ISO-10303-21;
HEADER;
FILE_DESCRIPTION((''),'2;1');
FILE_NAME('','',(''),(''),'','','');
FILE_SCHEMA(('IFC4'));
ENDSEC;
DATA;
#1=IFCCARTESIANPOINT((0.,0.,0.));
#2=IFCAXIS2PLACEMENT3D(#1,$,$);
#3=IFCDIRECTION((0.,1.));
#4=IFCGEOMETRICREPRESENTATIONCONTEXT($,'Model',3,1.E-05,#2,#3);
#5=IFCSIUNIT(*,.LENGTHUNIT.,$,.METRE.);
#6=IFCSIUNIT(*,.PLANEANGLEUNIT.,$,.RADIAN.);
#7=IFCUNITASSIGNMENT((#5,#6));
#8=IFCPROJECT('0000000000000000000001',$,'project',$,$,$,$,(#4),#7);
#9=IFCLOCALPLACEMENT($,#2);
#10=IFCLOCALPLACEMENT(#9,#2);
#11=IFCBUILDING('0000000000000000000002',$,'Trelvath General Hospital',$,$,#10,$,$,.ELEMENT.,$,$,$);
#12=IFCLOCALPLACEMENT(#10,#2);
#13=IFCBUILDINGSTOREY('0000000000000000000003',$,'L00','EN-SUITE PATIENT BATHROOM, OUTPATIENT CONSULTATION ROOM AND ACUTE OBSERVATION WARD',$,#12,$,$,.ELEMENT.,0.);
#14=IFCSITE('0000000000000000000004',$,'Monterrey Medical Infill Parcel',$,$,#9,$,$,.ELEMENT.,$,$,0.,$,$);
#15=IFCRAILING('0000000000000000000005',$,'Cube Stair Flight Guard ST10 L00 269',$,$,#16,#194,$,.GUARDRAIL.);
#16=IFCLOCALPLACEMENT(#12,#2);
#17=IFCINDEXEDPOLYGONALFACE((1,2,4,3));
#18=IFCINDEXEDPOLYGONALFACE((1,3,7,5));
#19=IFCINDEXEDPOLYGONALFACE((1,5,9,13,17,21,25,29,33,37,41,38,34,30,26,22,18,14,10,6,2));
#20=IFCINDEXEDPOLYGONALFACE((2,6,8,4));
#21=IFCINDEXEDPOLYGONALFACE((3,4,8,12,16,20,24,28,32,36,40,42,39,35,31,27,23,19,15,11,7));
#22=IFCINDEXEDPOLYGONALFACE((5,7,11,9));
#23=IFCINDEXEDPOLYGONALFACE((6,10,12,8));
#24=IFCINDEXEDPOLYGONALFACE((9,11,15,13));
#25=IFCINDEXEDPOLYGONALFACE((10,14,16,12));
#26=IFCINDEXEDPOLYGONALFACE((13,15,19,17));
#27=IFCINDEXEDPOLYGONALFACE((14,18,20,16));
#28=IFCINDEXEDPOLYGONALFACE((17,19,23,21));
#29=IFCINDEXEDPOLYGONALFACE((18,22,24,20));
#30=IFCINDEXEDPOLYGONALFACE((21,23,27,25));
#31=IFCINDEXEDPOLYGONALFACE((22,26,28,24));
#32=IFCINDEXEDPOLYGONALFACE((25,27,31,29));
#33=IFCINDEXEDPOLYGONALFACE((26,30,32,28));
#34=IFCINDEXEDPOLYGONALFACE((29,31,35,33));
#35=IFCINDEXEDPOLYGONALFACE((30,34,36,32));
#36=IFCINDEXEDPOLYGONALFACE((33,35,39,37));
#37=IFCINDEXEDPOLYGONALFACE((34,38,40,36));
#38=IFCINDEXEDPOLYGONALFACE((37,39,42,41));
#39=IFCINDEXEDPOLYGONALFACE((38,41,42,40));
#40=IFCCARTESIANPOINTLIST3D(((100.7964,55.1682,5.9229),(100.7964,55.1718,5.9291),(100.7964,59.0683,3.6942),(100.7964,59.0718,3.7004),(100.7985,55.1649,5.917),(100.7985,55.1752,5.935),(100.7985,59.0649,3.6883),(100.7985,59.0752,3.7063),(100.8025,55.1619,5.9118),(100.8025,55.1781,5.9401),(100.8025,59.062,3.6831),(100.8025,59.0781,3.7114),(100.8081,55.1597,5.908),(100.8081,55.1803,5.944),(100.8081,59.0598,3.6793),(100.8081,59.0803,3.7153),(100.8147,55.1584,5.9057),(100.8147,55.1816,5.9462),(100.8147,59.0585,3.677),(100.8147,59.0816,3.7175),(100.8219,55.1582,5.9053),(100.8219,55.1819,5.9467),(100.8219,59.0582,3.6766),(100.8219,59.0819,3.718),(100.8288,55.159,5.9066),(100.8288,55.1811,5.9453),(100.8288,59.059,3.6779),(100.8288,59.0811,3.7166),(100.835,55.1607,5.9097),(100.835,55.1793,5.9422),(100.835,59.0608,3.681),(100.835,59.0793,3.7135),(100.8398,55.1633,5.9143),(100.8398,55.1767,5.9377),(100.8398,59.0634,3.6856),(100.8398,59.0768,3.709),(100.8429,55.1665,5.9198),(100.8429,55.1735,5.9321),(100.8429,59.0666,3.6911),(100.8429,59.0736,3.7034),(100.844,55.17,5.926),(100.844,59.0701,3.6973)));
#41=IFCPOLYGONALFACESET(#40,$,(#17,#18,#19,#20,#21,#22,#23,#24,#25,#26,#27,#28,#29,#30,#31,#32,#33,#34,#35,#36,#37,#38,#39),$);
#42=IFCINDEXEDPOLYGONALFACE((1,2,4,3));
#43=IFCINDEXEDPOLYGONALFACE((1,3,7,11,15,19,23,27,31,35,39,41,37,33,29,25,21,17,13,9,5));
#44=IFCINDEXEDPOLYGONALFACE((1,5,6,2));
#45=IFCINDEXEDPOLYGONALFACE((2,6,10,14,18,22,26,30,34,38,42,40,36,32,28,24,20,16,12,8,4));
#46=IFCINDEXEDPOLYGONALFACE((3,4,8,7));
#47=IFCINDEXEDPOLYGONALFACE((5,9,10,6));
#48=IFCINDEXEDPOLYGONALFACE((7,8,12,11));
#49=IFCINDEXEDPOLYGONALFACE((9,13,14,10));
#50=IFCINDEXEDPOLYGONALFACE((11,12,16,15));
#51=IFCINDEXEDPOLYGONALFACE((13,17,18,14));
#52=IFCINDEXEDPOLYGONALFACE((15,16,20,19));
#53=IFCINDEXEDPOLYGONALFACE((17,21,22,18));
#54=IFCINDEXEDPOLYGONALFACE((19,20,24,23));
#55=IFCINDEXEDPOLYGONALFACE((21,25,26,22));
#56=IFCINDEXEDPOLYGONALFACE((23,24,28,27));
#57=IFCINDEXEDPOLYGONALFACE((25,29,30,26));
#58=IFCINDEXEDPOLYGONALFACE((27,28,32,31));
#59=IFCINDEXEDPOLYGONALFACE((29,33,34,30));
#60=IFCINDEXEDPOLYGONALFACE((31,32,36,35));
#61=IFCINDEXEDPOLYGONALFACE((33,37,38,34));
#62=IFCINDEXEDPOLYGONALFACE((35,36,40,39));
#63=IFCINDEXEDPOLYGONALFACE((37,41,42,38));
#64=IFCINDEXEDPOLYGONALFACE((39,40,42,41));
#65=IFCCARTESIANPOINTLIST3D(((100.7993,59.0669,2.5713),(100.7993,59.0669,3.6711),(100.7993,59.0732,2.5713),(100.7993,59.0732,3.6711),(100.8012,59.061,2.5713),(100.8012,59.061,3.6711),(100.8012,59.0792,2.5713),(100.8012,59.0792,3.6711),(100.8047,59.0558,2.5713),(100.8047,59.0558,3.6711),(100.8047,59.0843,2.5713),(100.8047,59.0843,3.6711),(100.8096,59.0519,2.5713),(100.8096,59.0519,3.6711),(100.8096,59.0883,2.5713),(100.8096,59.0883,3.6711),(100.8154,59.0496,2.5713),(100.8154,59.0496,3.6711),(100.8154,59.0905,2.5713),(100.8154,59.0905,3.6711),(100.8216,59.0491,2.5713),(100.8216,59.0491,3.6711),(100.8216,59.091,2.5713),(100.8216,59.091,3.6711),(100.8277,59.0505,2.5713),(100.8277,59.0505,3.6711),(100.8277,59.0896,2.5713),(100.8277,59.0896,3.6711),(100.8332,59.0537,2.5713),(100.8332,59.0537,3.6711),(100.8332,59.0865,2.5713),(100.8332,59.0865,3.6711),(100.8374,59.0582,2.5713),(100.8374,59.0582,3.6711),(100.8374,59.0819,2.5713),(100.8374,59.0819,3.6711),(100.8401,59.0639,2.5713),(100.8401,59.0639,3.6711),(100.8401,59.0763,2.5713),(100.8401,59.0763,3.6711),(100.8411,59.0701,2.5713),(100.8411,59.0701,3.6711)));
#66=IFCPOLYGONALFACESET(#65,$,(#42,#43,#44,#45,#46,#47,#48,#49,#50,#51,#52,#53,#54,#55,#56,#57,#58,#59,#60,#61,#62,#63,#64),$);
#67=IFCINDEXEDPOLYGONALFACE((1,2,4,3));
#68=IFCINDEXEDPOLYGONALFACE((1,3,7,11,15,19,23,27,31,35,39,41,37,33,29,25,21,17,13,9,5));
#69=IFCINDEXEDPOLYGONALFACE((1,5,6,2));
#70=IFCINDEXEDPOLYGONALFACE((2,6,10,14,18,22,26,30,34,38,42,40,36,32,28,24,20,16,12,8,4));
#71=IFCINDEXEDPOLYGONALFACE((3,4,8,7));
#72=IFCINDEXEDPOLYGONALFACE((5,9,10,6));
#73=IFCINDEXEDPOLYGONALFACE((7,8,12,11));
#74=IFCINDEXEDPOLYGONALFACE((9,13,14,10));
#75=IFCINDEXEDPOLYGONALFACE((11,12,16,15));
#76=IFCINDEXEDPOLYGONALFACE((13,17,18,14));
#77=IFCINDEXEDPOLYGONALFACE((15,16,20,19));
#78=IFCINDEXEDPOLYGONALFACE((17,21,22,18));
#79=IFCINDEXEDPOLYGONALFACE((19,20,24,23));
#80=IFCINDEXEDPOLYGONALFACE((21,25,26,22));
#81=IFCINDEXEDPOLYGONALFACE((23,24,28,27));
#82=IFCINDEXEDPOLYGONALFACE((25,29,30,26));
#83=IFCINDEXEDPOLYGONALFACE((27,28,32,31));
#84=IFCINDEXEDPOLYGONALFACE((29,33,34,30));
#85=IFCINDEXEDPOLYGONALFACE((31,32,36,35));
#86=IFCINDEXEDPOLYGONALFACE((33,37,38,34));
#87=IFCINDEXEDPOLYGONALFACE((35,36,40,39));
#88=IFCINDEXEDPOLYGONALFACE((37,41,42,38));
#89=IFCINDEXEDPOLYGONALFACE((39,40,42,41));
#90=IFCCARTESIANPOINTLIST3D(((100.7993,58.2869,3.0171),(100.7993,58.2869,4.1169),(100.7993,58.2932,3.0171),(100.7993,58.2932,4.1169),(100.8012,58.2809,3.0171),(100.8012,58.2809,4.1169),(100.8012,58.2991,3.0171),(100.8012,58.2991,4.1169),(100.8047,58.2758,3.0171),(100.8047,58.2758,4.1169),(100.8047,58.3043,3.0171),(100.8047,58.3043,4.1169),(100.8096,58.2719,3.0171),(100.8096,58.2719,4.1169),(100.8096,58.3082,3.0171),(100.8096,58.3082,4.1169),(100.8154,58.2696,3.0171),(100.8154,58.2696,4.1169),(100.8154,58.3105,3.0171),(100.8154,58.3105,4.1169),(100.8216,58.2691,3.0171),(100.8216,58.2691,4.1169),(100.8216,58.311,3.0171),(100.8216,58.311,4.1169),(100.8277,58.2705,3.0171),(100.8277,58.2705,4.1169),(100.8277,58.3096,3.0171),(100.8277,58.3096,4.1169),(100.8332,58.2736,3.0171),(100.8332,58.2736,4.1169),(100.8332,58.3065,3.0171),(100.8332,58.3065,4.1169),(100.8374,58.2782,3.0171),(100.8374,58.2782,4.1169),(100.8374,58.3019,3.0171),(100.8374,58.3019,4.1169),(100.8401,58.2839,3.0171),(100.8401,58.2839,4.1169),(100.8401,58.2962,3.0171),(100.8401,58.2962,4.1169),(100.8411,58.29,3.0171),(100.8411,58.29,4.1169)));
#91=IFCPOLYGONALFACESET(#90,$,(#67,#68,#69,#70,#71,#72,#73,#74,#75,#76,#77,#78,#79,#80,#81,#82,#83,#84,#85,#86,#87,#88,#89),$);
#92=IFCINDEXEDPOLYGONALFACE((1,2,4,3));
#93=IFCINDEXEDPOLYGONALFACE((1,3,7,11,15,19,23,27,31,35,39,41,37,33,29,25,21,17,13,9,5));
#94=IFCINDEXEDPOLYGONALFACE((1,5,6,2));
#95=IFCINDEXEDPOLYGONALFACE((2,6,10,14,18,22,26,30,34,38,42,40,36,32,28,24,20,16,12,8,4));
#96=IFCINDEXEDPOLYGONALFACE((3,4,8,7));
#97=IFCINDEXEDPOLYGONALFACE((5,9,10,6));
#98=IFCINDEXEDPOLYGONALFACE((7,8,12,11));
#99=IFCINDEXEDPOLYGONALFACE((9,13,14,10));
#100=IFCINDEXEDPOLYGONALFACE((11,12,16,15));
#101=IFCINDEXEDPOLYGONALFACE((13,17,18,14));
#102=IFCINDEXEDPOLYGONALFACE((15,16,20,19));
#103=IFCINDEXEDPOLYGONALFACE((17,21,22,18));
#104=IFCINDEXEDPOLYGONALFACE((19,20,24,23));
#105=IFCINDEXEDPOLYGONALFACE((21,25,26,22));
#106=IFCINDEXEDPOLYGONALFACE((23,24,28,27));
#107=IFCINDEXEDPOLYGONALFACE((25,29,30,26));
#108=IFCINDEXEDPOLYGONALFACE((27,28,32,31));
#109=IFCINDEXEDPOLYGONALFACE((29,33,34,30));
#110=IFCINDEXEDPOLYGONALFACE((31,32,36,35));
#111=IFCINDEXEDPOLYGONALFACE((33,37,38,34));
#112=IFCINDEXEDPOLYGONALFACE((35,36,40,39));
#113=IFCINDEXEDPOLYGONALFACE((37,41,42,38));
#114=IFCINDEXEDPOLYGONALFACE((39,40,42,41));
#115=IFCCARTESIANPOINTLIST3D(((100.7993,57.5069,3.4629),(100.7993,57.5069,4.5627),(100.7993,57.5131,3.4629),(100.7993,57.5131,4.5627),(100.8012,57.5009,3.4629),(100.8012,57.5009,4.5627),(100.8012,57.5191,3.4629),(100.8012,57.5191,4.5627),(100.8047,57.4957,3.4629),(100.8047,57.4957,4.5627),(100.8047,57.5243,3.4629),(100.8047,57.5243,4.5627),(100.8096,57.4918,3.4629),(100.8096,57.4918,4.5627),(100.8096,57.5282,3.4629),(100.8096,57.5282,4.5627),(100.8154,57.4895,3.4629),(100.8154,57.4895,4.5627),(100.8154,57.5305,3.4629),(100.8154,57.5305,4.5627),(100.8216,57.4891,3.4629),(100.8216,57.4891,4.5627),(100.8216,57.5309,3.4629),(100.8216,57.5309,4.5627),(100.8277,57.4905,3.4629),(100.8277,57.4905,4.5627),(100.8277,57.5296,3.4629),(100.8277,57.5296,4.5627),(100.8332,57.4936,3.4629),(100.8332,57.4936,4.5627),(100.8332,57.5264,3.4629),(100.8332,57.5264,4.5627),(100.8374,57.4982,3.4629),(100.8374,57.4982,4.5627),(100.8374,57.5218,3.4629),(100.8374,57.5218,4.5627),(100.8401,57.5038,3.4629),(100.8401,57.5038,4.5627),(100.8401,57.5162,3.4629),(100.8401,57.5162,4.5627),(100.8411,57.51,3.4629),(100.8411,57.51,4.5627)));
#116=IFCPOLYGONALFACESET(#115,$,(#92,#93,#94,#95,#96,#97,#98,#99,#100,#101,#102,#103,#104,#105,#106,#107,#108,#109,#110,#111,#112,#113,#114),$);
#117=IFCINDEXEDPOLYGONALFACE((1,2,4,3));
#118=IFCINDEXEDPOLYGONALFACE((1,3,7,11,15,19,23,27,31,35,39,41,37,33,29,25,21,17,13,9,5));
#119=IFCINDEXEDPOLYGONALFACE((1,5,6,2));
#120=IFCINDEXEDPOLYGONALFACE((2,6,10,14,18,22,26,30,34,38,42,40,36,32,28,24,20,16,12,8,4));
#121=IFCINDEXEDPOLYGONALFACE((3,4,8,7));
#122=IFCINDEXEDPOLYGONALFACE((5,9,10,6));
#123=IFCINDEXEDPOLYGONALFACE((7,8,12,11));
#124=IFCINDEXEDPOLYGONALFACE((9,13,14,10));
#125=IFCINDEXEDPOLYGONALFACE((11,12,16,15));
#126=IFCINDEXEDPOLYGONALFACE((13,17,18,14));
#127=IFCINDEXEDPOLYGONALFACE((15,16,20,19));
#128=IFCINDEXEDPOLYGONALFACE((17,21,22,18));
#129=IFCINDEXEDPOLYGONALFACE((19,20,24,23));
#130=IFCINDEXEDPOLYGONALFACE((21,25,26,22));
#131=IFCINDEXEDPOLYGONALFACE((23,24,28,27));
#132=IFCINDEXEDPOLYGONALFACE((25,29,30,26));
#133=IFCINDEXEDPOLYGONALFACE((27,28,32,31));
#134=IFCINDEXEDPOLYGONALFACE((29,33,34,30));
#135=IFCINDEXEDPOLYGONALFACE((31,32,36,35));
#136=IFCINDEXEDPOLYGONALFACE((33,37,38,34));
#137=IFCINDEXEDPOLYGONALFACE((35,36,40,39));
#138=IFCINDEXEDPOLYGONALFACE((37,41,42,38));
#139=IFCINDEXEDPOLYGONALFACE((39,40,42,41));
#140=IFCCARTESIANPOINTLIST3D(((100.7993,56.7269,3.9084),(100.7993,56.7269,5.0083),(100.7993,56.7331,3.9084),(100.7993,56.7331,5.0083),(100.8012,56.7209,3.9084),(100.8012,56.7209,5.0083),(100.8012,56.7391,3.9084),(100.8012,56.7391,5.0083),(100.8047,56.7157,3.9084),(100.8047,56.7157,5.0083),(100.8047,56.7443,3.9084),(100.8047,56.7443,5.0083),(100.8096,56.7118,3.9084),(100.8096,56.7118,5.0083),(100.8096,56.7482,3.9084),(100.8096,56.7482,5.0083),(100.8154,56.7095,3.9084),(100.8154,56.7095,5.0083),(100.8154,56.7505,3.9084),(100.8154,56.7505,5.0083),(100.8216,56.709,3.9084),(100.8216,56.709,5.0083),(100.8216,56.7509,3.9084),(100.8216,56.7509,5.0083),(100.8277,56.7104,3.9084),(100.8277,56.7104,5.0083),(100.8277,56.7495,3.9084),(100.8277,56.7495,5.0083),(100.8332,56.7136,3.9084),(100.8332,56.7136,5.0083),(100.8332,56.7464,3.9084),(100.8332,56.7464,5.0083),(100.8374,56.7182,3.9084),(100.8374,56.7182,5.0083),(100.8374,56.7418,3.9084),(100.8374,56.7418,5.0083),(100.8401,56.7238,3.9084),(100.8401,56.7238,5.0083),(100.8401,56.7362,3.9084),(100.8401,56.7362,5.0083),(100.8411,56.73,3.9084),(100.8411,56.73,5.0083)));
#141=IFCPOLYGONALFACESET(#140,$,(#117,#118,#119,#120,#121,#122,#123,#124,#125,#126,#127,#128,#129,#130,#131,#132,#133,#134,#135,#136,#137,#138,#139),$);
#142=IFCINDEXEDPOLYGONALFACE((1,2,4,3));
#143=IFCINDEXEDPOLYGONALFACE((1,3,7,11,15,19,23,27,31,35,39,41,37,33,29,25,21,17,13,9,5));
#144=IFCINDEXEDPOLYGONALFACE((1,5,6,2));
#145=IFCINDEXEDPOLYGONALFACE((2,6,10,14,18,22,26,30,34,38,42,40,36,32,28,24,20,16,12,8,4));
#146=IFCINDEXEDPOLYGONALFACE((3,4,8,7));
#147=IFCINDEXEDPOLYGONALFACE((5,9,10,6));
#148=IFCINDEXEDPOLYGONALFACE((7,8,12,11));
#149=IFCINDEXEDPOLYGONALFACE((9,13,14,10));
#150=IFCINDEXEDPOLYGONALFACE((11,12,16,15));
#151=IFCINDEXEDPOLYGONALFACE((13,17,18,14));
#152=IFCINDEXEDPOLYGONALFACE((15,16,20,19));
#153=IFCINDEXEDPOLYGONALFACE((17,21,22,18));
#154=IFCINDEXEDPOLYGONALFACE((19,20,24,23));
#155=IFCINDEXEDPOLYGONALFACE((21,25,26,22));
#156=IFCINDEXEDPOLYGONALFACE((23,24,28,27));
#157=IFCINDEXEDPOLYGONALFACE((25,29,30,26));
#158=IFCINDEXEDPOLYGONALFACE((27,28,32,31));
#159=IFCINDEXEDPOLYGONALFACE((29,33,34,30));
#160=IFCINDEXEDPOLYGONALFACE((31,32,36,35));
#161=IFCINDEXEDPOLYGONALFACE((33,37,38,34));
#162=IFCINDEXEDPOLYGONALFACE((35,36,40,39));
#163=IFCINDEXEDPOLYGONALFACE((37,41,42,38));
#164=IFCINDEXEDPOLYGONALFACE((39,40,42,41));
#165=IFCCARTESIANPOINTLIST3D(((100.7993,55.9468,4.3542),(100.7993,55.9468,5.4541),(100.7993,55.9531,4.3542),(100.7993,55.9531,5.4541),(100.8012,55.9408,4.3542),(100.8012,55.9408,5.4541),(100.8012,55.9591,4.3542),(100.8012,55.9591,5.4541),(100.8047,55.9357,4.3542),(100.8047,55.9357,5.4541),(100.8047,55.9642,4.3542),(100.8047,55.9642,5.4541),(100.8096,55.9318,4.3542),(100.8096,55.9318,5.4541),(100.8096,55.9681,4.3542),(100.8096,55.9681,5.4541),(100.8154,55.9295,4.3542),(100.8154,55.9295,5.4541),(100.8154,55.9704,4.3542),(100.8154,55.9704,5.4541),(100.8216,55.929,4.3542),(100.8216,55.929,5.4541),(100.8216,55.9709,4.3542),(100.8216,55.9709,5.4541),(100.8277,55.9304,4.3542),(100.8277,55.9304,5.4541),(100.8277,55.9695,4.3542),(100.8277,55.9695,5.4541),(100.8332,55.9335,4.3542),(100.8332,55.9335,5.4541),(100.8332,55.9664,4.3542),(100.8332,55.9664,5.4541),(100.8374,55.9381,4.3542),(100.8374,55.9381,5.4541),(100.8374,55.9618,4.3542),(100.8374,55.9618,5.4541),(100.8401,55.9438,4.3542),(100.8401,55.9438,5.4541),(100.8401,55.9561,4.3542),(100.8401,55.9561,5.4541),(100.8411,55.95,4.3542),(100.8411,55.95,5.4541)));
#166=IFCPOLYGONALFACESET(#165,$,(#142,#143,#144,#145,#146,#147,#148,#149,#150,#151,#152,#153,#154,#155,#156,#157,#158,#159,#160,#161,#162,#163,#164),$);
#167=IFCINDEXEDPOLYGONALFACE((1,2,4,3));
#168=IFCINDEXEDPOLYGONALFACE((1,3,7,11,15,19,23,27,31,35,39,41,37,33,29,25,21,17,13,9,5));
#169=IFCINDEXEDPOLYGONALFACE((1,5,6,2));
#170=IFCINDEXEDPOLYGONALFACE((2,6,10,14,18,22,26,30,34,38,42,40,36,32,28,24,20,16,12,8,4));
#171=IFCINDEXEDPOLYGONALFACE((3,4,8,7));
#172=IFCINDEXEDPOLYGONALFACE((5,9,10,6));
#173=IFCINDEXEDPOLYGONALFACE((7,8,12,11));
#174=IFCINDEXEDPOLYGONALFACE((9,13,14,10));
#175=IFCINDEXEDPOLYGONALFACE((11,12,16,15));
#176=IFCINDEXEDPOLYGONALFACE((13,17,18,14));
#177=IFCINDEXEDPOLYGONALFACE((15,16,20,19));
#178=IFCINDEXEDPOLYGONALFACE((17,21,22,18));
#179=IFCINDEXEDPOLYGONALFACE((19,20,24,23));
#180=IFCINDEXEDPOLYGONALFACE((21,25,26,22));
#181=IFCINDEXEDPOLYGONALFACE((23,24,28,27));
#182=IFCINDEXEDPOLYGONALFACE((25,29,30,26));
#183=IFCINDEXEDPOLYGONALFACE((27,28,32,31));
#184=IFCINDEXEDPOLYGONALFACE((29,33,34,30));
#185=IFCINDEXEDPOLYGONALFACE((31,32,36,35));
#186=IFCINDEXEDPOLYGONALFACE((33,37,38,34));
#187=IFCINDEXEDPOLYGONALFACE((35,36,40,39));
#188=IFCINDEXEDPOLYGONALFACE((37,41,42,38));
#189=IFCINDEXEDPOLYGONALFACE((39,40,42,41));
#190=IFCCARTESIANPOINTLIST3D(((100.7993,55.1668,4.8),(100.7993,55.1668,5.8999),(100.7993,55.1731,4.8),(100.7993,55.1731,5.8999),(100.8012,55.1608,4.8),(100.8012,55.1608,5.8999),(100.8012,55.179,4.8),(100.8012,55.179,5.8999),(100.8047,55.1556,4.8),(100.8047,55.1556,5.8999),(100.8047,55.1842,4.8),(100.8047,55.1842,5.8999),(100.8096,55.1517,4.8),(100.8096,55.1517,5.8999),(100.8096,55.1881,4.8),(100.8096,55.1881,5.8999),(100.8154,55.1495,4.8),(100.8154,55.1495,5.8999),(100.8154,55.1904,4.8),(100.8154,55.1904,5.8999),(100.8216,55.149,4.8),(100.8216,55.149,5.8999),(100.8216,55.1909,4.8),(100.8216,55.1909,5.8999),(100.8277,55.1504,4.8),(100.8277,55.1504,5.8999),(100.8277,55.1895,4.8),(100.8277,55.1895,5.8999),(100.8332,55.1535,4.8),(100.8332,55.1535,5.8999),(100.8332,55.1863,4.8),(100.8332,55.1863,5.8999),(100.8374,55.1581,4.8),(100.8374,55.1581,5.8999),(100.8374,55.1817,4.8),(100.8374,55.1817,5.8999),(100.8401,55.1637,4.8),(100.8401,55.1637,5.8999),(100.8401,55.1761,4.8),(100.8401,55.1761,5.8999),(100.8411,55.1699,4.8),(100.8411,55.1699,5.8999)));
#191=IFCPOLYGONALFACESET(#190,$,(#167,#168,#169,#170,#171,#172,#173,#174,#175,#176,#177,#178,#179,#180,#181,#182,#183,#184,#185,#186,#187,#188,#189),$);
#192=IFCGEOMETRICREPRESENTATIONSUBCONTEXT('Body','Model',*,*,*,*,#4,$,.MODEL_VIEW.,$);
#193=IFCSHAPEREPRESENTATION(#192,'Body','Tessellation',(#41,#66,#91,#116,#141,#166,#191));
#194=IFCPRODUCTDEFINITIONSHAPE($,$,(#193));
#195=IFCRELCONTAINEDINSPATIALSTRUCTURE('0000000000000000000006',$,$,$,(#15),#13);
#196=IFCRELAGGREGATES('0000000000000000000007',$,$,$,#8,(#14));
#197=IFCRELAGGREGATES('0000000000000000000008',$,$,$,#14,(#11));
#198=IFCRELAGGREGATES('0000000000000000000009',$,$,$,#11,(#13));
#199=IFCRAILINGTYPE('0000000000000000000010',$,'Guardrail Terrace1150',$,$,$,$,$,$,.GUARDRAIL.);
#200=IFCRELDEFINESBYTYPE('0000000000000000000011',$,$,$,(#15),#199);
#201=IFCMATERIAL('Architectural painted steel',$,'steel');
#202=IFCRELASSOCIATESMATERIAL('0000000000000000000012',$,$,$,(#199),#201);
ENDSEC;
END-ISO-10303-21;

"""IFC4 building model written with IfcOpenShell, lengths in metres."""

from ifc_helpers import new_model, si_unit, direction, frame, origin, origin_2d, place, context, subcontext, project, spatial, circle, extrude, material, type_object, element, save


model = new_model("IFC4")

# Units and contexts
model_context = context("Model", 3, precision=1e-05, world=origin(), true_north=direction((0.0, 1.0)))
body_context = subcontext(model_context, "Body", "Model", "MODEL_VIEW")
ifc_project = project(units=[si_unit("LENGTHUNIT", "METRE"), si_unit("PLANEANGLEUNIT", "RADIAN")], contexts=[model_context])

# Site, building, storey
site_placement = place(None, origin())
site = spatial("IfcSite", under=ifc_project, at=site_placement, Name="Monterrey Medical Infill Parcel", CompositionType="ELEMENT", RefElevation=0.0)
building_placement = place(site_placement, origin())
building = spatial("IfcBuilding", under=site, at=building_placement, Name="Trelvath General Hospital", CompositionType="ELEMENT")
storey_placement = place(building_placement, origin())
storey = spatial("IfcBuildingStorey", under=building, at=storey_placement, Name="L00", Description="EN-SUITE PATIENT BATHROOM, OUTPATIENT CONSULTATION ROOM AND ACUTE OBSERVATION WARD", CompositionType="ELEMENT", Elevation=0.0)

# Railing
ifc_material_1 = material(Name="Architectural painted steel", Category="steel")
railing_type = type_object("IfcRailingType", Name="Guardrail Terrace1150", PredefinedType="GUARDRAIL", material=ifc_material_1)
for number, where, name in (
    (1, (100.8201, 59.0701, 2.5713), "Cube Stair Flight Guard ST10 L00 269"),
):
    element("IfcRailing", number, at=place(storey_placement, frame(where)), inside=storey, type_object=railing_type, Name=name, PredefinedType="GUARDRAIL", context=body_context, shape_type="SweptSolid", body=[
        extrude(circle(Radius=0.0239, at=origin_2d()), frame((0.0, 0.0, 1.126), z_axis=(0.0, -0.868233, 0.496156), x_axis=(1.0, 0.0, 0.0)), (0.0, 0.0, 1.0), 4.4919),
        extrude(circle(Radius=0.021, at=origin_2d()), origin(), (0.0, 0.0, 1.0), 1.0999),
        extrude(circle(Radius=0.021, at=origin_2d()), frame((0.0, -0.78, 0.4458)), (0.0, 0.0, 1.0), 1.0999),
        extrude(circle(Radius=0.021, at=origin_2d()), frame((0.0, -1.5601, 0.8916)), (0.0, 0.0, 1.0), 1.0999),
        extrude(circle(Radius=0.021, at=origin_2d()), frame((0.0, -2.3401, 1.3372)), (0.0, 0.0, 1.0), 1.0999),
        extrude(circle(Radius=0.021, at=origin_2d()), frame((0.0, -3.1201, 1.783)), (0.0, 0.0, 1.0), 1.0999),
        extrude(circle(Radius=0.021, at=origin_2d()), frame((0.0, -3.9001, 2.2288)), (0.0, 0.0, 1.0), 1.0999),
    ])

save(model, "model.ifc")
